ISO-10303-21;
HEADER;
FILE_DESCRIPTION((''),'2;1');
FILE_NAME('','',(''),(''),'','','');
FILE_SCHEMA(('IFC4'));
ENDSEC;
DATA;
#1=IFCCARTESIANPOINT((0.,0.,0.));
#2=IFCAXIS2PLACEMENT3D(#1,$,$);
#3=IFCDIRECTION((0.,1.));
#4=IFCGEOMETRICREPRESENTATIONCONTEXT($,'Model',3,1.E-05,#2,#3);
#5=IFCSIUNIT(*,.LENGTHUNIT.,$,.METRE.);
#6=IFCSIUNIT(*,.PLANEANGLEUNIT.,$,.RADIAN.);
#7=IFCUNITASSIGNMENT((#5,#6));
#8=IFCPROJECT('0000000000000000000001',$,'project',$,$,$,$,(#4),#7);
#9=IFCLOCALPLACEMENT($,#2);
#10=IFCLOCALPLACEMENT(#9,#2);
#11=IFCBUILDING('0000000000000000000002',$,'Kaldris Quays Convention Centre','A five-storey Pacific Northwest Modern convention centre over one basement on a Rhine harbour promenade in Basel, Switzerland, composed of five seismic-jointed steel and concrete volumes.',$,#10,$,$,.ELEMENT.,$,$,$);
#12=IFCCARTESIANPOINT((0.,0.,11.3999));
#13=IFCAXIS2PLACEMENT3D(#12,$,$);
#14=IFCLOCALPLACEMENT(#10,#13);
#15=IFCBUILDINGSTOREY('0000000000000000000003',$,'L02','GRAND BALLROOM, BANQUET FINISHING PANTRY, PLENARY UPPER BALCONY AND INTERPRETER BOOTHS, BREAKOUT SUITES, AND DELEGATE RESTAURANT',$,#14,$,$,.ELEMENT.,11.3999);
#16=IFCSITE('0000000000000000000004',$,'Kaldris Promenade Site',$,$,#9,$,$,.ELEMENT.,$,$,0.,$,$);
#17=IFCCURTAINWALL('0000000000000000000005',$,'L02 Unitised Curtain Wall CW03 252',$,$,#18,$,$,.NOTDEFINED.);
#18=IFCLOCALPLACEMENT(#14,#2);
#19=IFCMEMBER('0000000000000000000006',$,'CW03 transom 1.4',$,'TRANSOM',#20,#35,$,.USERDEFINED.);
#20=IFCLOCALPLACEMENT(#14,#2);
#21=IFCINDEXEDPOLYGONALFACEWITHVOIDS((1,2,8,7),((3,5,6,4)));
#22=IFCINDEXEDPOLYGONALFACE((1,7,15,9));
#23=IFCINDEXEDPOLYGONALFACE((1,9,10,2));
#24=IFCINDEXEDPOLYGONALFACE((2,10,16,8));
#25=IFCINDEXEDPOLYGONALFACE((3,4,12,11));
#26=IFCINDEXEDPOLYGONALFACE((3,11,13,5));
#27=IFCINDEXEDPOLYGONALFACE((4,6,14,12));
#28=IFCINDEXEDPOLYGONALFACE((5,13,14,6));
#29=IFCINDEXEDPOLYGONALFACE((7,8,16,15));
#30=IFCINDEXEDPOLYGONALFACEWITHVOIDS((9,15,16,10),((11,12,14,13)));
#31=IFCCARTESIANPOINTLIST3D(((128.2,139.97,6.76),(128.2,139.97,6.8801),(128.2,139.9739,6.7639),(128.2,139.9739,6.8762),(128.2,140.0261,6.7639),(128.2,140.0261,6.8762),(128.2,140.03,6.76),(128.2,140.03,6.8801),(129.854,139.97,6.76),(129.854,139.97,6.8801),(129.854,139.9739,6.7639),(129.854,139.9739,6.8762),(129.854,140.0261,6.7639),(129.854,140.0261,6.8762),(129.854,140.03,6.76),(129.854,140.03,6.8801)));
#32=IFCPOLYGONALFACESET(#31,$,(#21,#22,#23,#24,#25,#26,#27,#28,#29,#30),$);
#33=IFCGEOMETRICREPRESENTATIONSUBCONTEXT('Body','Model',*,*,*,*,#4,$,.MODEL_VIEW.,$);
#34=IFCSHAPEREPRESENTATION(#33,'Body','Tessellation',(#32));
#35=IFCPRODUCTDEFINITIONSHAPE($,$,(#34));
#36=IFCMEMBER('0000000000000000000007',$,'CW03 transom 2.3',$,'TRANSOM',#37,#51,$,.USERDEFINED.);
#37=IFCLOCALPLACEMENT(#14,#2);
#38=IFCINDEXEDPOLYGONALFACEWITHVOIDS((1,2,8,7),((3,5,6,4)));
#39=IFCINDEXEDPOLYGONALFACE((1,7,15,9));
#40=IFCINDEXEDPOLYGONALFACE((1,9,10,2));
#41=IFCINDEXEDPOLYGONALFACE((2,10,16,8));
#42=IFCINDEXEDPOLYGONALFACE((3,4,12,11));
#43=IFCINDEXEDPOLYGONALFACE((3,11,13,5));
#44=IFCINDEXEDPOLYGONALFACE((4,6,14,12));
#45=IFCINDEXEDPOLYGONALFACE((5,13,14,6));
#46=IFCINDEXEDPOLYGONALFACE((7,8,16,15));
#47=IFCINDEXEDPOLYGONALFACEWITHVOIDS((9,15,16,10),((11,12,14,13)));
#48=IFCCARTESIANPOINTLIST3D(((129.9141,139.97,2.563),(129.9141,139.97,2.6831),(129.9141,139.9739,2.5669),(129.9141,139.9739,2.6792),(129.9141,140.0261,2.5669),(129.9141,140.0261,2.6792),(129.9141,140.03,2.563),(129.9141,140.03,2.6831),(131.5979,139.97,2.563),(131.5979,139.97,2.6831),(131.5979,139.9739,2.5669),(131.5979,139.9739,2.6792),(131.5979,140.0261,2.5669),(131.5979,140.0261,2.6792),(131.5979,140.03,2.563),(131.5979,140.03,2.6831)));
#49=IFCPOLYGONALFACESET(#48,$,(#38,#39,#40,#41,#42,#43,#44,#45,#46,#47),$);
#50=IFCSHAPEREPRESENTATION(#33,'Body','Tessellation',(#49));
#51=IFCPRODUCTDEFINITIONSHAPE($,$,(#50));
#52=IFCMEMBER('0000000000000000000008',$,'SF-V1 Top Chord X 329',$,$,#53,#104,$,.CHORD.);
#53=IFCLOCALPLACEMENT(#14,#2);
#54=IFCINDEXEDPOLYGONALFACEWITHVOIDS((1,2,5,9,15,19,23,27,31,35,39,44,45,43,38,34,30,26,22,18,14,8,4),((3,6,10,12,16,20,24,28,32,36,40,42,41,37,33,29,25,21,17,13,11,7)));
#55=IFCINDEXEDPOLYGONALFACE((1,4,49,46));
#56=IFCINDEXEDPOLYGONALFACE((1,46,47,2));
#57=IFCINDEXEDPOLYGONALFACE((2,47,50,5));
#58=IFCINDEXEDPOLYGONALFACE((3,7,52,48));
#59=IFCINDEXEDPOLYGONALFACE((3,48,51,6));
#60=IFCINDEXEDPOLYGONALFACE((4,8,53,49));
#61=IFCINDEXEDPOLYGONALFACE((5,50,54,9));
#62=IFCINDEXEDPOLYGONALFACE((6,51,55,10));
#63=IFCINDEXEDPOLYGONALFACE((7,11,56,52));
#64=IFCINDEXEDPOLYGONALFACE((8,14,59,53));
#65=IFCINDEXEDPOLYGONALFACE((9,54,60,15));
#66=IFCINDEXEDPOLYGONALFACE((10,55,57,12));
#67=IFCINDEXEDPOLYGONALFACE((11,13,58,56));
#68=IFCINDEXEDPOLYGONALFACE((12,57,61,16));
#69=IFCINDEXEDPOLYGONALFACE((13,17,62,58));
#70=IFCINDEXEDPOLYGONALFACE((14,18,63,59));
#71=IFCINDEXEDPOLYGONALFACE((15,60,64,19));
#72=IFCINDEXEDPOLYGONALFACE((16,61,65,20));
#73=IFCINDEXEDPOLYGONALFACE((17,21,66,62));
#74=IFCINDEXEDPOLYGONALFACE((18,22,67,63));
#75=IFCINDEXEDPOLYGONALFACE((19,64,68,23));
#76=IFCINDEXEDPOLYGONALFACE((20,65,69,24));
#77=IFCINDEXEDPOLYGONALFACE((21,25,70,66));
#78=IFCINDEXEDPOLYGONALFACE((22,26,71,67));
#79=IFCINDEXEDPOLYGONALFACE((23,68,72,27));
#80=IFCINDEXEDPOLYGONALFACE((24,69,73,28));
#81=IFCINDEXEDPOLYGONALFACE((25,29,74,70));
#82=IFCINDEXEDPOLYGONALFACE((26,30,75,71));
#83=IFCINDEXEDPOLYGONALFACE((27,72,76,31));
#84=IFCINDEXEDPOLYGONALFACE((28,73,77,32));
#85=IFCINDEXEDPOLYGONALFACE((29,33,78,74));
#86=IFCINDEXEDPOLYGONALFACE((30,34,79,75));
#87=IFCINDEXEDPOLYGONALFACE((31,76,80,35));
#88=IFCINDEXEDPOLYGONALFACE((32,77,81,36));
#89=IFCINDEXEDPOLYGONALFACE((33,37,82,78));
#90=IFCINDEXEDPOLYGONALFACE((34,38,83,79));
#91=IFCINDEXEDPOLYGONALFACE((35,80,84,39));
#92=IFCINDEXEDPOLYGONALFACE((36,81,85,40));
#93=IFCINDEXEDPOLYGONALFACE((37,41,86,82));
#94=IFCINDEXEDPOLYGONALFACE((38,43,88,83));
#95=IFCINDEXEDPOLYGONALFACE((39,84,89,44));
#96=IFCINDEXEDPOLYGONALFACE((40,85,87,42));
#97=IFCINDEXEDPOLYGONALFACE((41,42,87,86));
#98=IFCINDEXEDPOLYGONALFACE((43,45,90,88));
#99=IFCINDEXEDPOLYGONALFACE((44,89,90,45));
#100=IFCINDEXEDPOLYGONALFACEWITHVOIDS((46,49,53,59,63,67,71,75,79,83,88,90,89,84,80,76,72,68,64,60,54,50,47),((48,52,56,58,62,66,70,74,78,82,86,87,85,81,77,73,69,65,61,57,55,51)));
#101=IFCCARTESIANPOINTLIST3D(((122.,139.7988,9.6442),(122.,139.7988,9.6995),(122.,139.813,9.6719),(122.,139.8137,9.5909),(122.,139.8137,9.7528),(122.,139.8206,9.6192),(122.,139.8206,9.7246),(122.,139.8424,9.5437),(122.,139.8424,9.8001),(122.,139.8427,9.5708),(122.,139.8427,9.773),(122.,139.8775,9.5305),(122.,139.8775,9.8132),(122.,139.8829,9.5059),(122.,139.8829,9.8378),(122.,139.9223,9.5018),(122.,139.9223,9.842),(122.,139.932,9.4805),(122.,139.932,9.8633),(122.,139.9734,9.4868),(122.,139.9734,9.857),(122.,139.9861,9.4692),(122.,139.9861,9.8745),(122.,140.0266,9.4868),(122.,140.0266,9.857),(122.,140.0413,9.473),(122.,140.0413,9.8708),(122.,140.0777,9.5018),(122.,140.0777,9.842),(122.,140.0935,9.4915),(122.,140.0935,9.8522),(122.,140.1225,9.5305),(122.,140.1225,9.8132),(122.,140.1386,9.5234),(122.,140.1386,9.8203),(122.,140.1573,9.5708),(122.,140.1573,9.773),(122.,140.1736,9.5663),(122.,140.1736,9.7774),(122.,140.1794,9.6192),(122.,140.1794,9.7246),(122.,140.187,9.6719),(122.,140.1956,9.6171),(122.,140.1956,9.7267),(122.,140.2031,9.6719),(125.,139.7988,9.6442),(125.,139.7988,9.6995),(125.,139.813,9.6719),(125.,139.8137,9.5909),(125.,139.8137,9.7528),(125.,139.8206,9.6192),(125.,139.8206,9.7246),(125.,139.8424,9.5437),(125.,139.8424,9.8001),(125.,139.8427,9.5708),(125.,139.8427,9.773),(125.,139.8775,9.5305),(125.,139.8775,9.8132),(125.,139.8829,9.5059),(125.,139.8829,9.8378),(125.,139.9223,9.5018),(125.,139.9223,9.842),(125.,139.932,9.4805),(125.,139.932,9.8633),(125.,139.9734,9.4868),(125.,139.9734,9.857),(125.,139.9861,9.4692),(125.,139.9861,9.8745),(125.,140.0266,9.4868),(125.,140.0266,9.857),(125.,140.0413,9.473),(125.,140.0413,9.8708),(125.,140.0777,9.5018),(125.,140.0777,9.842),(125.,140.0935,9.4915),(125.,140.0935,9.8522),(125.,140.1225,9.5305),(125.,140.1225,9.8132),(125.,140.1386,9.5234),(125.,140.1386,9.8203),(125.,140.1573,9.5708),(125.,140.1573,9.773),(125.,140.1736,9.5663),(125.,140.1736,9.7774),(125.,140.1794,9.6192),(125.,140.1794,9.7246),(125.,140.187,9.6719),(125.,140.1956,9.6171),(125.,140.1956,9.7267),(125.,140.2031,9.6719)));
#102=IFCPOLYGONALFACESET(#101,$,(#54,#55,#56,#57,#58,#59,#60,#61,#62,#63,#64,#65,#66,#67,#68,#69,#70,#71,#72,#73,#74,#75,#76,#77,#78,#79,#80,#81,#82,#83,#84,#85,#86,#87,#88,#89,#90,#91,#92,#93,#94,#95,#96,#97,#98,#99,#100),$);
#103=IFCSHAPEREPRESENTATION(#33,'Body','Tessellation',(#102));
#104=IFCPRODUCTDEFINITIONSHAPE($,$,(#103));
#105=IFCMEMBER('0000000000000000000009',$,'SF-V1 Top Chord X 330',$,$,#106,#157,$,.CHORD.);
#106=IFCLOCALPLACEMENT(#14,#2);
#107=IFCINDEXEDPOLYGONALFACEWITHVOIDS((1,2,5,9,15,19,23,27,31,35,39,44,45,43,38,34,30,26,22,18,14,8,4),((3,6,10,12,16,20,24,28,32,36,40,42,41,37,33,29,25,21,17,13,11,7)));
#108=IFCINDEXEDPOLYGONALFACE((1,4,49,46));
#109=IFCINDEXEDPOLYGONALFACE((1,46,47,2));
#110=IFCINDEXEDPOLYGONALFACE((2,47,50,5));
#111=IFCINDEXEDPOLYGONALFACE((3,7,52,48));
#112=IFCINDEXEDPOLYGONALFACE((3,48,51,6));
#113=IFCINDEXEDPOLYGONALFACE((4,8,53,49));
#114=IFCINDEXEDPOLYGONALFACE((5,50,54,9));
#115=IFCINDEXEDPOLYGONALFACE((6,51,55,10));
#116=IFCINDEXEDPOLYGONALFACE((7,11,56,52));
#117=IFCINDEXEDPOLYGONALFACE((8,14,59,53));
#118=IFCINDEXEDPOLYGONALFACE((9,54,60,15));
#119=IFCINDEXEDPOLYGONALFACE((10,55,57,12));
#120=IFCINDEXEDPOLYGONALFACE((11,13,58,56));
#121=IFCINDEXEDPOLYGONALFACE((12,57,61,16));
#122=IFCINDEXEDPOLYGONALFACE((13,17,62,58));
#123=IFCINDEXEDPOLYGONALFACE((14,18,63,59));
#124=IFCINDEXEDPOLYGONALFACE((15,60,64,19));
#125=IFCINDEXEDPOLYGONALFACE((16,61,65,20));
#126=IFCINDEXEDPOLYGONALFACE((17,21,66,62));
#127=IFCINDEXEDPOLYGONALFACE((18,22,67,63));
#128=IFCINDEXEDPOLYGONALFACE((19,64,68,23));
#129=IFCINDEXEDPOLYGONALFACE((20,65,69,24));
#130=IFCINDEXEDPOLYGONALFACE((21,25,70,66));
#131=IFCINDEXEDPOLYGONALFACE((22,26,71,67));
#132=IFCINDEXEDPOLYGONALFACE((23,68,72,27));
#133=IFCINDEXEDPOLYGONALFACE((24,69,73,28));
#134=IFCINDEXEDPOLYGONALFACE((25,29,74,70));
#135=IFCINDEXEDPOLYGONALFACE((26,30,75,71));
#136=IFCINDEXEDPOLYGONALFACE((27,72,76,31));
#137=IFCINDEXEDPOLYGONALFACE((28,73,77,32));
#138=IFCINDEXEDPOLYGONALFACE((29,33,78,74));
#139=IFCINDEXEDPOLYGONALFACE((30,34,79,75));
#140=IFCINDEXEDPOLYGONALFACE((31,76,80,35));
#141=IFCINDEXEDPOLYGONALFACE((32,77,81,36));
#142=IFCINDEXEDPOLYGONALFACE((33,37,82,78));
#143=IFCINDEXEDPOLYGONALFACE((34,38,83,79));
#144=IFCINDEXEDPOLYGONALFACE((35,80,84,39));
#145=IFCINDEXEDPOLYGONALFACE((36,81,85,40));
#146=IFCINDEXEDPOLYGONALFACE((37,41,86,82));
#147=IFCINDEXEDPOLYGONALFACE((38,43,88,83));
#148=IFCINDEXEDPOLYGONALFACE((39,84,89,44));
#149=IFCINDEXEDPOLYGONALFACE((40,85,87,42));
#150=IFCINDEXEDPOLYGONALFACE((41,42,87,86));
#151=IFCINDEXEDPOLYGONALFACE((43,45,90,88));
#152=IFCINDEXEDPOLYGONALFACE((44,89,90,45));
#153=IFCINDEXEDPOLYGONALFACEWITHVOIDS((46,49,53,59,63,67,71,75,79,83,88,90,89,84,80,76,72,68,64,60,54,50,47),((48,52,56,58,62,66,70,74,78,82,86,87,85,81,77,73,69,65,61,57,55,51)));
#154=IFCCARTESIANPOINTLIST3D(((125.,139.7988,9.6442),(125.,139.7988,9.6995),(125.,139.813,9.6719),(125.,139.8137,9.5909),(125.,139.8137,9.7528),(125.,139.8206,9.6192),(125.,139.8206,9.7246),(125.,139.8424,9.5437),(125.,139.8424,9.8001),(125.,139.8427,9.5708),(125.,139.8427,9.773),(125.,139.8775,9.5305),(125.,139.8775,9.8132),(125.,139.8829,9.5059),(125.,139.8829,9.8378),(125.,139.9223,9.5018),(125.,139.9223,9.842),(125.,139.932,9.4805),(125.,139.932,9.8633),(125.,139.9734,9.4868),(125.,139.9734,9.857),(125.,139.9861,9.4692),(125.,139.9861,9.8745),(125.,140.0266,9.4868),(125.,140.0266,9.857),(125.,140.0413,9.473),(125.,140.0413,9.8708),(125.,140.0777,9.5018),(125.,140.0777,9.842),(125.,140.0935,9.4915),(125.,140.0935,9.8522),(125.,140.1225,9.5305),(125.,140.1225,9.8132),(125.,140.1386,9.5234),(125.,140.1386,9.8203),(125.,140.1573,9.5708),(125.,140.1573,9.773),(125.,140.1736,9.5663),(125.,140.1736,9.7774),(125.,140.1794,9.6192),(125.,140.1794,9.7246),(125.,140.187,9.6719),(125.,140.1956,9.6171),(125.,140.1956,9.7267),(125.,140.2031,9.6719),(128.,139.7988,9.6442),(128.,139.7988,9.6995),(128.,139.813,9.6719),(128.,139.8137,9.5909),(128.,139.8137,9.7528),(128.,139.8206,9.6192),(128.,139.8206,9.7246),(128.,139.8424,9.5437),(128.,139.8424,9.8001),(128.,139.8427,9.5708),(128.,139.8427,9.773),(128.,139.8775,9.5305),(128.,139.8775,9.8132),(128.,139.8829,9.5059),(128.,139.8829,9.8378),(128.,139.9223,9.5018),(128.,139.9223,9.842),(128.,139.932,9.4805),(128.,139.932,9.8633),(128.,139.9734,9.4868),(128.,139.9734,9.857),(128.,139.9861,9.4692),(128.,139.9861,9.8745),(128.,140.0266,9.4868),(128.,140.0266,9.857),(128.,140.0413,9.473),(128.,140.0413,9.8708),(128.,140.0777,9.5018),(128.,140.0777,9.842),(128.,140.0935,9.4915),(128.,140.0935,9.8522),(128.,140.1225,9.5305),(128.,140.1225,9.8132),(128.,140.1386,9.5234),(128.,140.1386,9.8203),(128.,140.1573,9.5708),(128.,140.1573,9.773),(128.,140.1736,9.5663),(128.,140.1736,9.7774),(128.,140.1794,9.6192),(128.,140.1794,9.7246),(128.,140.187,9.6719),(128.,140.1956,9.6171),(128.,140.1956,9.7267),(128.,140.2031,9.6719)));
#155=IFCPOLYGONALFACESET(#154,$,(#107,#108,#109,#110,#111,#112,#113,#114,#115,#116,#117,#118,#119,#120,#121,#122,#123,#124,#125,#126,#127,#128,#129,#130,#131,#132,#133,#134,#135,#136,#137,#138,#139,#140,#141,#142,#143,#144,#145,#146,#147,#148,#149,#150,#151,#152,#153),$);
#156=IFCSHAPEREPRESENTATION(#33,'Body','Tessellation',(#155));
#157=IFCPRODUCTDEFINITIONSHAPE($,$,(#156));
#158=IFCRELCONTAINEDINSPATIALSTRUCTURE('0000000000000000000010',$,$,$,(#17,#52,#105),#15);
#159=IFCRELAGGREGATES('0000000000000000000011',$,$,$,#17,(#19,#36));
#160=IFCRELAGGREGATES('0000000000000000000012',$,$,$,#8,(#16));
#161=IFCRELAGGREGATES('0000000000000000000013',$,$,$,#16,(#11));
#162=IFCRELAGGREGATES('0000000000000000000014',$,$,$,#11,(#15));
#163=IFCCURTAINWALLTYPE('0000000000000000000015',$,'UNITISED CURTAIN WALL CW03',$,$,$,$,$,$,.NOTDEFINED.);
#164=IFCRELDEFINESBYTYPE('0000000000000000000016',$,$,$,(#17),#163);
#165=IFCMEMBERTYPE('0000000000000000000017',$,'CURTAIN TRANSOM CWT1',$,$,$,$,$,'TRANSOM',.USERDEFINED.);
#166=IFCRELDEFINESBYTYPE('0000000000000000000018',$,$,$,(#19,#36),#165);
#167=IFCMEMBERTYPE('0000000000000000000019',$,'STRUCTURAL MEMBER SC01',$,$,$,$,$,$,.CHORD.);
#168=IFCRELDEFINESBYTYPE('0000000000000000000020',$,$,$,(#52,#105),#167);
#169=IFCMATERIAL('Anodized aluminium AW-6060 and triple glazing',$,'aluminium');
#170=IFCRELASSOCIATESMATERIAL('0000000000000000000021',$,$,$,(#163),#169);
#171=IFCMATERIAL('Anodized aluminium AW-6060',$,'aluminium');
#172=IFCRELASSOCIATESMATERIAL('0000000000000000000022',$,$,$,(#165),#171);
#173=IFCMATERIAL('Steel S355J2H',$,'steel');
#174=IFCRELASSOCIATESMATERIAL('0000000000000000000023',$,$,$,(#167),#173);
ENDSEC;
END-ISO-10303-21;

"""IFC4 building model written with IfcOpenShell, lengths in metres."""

from ifc_helpers import new_model, si_unit, direction, frame, origin, origin_2d, place, context, subcontext, project, spatial, hollow_rectangle, hollow_circle, extrude, material, material_profile, profile_set, type_object, element, aggregate, save


model = new_model("IFC4")

# Units and contexts
model_context = context("Model", 3, precision=1e-05, world=origin(), true_north=direction((0.0, 1.0)))
body_context = subcontext(model_context, "Body", "Model", "MODEL_VIEW")
ifc_project = project(units=[si_unit("LENGTHUNIT", "METRE"), si_unit("PLANEANGLEUNIT", "RADIAN")], contexts=[model_context])

# Site, building, storey
site_placement = place(None, origin())
site = spatial("IfcSite", under=ifc_project, at=site_placement, Name="Kaldris Promenade Site", CompositionType="ELEMENT", RefElevation=0.0)
building_placement = place(site_placement, origin())
building = spatial("IfcBuilding", under=site, at=building_placement, Name="Kaldris Quays Convention Centre", Description="A five-storey Pacific Northwest Modern convention centre over one basement on a Rhine harbour promenade in Basel, Switzerland, composed of five seismic-jointed steel and concrete volumes.", CompositionType="ELEMENT")
storey_placement = place(building_placement, frame((0.0, 0.0, 11.3999)))
storey = spatial("IfcBuildingStorey", under=building, at=storey_placement, Name="L02", Description="GRAND BALLROOM, BANQUET FINISHING PANTRY, PLENARY UPPER BALCONY AND INTERPRETER BOOTHS, BREAKOUT SUITES, AND DELEGATE RESTAURANT", CompositionType="ELEMENT", Elevation=11.3999)

# Curtain wall, members
ifc_material_1 = material(Name="Anodized aluminium AW-6060 and triple glazing", Category="aluminium")
curtain_wall_type = type_object("IfcCurtainWallType", Name="UNITISED CURTAIN WALL CW03", PredefinedType="NOTDEFINED", material=ifc_material_1)
ifc_material_2 = material(Name="Anodized aluminium AW-6060", Category="aluminium")
ifc_material_profile_1 = material_profile(ifc_material_2, hollow_rectangle(XDim=0.0601, YDim=0.1201, WallThickness=0.0039, at=origin_2d()), Name="RHS 120x60x4")
ifc_profile_set_1 = profile_set([ifc_material_profile_1], Name="Anodized aluminium AW-6060")
member_type_1 = type_object("IfcMemberType", Name="CURTAIN TRANSOM CWT1", ElementType="TRANSOM", PredefinedType="USERDEFINED", material=ifc_profile_set_1)
curtain_wall_1_placement = place(storey_placement, origin())
curtain_wall_1 = element("IfcCurtainWall", 1, at=curtain_wall_1_placement, inside=storey, type_object=curtain_wall_type, Name="L02 Unitised Curtain Wall CW03 252", PredefinedType="NOTDEFINED")
member_1_placement = place(storey_placement, frame((128.2, 140.0, 6.8201), z_axis=(1.0, 0.0, 0.0), x_axis=(0.0, 1.0, 0.0)))
member_1 = element("IfcMember", 2, at=member_1_placement, type_object=member_type_1, Name="CW03 transom 1.4", ObjectType="TRANSOM", PredefinedType="USERDEFINED", context=body_context, shape_type="SweptSolid", body=[
    extrude(hollow_rectangle(XDim=0.0601, YDim=0.1201, WallThickness=0.0039, at=origin_2d()), origin(), (0.0, 0.0, 1.0), 1.6541),
])
member_2_placement = place(storey_placement, frame((129.9141, 140.0, 2.623), z_axis=(1.0, 0.0, 0.0), x_axis=(0.0, 1.0, 0.0)))
member_2 = element("IfcMember", 3, at=member_2_placement, type_object=member_type_1, Name="CW03 transom 2.3", ObjectType="TRANSOM", PredefinedType="USERDEFINED", context=body_context, shape_type="SweptSolid", body=[
    extrude(hollow_rectangle(XDim=0.0601, YDim=0.1201, WallThickness=0.0039, at=origin_2d()), origin(), (0.0, 0.0, 1.0), 1.6838),
])

# Members
ifc_material_3 = material(Name="Steel S355J2H", Category="steel")
ifc_material_profile_2 = material_profile(ifc_material_3, hollow_circle(Radius=0.2031, WallThickness=0.0161, at=origin_2d()), Name="CHS 406.4x16")
ifc_profile_set_2 = profile_set([ifc_material_profile_2], Name="Steel S355J2H")
member_type_2 = type_object("IfcMemberType", Name="STRUCTURAL MEMBER SC01", PredefinedType="CHORD", material=ifc_profile_set_2)
for number, where, z_axis, x_axis, name in (
    (4, (122.0, 140.0, 9.6719), (1.0, 0.0, 0.0), (0.0, 1.0, 0.0), "SF-V1 Top Chord X 329"),
    (5, (125.0, 140.0, 9.6719), (1.0, 0.0, 0.0), (0.0, 1.0, 0.0), "SF-V1 Top Chord X 330"),
):
    element("IfcMember", number, at=place(storey_placement, frame(where, z_axis=z_axis, x_axis=x_axis)), inside=storey, type_object=member_type_2, Name=name, PredefinedType="CHORD", context=body_context, shape_type="SweptSolid", body=[
        extrude(hollow_circle(Radius=0.2031, WallThickness=0.0161, at=origin_2d()), origin(), (0.0, 0.0, 1.0), 3.0),
    ])

aggregate(curtain_wall_1, [member_1, member_2])

save(model, "model.ifc")
